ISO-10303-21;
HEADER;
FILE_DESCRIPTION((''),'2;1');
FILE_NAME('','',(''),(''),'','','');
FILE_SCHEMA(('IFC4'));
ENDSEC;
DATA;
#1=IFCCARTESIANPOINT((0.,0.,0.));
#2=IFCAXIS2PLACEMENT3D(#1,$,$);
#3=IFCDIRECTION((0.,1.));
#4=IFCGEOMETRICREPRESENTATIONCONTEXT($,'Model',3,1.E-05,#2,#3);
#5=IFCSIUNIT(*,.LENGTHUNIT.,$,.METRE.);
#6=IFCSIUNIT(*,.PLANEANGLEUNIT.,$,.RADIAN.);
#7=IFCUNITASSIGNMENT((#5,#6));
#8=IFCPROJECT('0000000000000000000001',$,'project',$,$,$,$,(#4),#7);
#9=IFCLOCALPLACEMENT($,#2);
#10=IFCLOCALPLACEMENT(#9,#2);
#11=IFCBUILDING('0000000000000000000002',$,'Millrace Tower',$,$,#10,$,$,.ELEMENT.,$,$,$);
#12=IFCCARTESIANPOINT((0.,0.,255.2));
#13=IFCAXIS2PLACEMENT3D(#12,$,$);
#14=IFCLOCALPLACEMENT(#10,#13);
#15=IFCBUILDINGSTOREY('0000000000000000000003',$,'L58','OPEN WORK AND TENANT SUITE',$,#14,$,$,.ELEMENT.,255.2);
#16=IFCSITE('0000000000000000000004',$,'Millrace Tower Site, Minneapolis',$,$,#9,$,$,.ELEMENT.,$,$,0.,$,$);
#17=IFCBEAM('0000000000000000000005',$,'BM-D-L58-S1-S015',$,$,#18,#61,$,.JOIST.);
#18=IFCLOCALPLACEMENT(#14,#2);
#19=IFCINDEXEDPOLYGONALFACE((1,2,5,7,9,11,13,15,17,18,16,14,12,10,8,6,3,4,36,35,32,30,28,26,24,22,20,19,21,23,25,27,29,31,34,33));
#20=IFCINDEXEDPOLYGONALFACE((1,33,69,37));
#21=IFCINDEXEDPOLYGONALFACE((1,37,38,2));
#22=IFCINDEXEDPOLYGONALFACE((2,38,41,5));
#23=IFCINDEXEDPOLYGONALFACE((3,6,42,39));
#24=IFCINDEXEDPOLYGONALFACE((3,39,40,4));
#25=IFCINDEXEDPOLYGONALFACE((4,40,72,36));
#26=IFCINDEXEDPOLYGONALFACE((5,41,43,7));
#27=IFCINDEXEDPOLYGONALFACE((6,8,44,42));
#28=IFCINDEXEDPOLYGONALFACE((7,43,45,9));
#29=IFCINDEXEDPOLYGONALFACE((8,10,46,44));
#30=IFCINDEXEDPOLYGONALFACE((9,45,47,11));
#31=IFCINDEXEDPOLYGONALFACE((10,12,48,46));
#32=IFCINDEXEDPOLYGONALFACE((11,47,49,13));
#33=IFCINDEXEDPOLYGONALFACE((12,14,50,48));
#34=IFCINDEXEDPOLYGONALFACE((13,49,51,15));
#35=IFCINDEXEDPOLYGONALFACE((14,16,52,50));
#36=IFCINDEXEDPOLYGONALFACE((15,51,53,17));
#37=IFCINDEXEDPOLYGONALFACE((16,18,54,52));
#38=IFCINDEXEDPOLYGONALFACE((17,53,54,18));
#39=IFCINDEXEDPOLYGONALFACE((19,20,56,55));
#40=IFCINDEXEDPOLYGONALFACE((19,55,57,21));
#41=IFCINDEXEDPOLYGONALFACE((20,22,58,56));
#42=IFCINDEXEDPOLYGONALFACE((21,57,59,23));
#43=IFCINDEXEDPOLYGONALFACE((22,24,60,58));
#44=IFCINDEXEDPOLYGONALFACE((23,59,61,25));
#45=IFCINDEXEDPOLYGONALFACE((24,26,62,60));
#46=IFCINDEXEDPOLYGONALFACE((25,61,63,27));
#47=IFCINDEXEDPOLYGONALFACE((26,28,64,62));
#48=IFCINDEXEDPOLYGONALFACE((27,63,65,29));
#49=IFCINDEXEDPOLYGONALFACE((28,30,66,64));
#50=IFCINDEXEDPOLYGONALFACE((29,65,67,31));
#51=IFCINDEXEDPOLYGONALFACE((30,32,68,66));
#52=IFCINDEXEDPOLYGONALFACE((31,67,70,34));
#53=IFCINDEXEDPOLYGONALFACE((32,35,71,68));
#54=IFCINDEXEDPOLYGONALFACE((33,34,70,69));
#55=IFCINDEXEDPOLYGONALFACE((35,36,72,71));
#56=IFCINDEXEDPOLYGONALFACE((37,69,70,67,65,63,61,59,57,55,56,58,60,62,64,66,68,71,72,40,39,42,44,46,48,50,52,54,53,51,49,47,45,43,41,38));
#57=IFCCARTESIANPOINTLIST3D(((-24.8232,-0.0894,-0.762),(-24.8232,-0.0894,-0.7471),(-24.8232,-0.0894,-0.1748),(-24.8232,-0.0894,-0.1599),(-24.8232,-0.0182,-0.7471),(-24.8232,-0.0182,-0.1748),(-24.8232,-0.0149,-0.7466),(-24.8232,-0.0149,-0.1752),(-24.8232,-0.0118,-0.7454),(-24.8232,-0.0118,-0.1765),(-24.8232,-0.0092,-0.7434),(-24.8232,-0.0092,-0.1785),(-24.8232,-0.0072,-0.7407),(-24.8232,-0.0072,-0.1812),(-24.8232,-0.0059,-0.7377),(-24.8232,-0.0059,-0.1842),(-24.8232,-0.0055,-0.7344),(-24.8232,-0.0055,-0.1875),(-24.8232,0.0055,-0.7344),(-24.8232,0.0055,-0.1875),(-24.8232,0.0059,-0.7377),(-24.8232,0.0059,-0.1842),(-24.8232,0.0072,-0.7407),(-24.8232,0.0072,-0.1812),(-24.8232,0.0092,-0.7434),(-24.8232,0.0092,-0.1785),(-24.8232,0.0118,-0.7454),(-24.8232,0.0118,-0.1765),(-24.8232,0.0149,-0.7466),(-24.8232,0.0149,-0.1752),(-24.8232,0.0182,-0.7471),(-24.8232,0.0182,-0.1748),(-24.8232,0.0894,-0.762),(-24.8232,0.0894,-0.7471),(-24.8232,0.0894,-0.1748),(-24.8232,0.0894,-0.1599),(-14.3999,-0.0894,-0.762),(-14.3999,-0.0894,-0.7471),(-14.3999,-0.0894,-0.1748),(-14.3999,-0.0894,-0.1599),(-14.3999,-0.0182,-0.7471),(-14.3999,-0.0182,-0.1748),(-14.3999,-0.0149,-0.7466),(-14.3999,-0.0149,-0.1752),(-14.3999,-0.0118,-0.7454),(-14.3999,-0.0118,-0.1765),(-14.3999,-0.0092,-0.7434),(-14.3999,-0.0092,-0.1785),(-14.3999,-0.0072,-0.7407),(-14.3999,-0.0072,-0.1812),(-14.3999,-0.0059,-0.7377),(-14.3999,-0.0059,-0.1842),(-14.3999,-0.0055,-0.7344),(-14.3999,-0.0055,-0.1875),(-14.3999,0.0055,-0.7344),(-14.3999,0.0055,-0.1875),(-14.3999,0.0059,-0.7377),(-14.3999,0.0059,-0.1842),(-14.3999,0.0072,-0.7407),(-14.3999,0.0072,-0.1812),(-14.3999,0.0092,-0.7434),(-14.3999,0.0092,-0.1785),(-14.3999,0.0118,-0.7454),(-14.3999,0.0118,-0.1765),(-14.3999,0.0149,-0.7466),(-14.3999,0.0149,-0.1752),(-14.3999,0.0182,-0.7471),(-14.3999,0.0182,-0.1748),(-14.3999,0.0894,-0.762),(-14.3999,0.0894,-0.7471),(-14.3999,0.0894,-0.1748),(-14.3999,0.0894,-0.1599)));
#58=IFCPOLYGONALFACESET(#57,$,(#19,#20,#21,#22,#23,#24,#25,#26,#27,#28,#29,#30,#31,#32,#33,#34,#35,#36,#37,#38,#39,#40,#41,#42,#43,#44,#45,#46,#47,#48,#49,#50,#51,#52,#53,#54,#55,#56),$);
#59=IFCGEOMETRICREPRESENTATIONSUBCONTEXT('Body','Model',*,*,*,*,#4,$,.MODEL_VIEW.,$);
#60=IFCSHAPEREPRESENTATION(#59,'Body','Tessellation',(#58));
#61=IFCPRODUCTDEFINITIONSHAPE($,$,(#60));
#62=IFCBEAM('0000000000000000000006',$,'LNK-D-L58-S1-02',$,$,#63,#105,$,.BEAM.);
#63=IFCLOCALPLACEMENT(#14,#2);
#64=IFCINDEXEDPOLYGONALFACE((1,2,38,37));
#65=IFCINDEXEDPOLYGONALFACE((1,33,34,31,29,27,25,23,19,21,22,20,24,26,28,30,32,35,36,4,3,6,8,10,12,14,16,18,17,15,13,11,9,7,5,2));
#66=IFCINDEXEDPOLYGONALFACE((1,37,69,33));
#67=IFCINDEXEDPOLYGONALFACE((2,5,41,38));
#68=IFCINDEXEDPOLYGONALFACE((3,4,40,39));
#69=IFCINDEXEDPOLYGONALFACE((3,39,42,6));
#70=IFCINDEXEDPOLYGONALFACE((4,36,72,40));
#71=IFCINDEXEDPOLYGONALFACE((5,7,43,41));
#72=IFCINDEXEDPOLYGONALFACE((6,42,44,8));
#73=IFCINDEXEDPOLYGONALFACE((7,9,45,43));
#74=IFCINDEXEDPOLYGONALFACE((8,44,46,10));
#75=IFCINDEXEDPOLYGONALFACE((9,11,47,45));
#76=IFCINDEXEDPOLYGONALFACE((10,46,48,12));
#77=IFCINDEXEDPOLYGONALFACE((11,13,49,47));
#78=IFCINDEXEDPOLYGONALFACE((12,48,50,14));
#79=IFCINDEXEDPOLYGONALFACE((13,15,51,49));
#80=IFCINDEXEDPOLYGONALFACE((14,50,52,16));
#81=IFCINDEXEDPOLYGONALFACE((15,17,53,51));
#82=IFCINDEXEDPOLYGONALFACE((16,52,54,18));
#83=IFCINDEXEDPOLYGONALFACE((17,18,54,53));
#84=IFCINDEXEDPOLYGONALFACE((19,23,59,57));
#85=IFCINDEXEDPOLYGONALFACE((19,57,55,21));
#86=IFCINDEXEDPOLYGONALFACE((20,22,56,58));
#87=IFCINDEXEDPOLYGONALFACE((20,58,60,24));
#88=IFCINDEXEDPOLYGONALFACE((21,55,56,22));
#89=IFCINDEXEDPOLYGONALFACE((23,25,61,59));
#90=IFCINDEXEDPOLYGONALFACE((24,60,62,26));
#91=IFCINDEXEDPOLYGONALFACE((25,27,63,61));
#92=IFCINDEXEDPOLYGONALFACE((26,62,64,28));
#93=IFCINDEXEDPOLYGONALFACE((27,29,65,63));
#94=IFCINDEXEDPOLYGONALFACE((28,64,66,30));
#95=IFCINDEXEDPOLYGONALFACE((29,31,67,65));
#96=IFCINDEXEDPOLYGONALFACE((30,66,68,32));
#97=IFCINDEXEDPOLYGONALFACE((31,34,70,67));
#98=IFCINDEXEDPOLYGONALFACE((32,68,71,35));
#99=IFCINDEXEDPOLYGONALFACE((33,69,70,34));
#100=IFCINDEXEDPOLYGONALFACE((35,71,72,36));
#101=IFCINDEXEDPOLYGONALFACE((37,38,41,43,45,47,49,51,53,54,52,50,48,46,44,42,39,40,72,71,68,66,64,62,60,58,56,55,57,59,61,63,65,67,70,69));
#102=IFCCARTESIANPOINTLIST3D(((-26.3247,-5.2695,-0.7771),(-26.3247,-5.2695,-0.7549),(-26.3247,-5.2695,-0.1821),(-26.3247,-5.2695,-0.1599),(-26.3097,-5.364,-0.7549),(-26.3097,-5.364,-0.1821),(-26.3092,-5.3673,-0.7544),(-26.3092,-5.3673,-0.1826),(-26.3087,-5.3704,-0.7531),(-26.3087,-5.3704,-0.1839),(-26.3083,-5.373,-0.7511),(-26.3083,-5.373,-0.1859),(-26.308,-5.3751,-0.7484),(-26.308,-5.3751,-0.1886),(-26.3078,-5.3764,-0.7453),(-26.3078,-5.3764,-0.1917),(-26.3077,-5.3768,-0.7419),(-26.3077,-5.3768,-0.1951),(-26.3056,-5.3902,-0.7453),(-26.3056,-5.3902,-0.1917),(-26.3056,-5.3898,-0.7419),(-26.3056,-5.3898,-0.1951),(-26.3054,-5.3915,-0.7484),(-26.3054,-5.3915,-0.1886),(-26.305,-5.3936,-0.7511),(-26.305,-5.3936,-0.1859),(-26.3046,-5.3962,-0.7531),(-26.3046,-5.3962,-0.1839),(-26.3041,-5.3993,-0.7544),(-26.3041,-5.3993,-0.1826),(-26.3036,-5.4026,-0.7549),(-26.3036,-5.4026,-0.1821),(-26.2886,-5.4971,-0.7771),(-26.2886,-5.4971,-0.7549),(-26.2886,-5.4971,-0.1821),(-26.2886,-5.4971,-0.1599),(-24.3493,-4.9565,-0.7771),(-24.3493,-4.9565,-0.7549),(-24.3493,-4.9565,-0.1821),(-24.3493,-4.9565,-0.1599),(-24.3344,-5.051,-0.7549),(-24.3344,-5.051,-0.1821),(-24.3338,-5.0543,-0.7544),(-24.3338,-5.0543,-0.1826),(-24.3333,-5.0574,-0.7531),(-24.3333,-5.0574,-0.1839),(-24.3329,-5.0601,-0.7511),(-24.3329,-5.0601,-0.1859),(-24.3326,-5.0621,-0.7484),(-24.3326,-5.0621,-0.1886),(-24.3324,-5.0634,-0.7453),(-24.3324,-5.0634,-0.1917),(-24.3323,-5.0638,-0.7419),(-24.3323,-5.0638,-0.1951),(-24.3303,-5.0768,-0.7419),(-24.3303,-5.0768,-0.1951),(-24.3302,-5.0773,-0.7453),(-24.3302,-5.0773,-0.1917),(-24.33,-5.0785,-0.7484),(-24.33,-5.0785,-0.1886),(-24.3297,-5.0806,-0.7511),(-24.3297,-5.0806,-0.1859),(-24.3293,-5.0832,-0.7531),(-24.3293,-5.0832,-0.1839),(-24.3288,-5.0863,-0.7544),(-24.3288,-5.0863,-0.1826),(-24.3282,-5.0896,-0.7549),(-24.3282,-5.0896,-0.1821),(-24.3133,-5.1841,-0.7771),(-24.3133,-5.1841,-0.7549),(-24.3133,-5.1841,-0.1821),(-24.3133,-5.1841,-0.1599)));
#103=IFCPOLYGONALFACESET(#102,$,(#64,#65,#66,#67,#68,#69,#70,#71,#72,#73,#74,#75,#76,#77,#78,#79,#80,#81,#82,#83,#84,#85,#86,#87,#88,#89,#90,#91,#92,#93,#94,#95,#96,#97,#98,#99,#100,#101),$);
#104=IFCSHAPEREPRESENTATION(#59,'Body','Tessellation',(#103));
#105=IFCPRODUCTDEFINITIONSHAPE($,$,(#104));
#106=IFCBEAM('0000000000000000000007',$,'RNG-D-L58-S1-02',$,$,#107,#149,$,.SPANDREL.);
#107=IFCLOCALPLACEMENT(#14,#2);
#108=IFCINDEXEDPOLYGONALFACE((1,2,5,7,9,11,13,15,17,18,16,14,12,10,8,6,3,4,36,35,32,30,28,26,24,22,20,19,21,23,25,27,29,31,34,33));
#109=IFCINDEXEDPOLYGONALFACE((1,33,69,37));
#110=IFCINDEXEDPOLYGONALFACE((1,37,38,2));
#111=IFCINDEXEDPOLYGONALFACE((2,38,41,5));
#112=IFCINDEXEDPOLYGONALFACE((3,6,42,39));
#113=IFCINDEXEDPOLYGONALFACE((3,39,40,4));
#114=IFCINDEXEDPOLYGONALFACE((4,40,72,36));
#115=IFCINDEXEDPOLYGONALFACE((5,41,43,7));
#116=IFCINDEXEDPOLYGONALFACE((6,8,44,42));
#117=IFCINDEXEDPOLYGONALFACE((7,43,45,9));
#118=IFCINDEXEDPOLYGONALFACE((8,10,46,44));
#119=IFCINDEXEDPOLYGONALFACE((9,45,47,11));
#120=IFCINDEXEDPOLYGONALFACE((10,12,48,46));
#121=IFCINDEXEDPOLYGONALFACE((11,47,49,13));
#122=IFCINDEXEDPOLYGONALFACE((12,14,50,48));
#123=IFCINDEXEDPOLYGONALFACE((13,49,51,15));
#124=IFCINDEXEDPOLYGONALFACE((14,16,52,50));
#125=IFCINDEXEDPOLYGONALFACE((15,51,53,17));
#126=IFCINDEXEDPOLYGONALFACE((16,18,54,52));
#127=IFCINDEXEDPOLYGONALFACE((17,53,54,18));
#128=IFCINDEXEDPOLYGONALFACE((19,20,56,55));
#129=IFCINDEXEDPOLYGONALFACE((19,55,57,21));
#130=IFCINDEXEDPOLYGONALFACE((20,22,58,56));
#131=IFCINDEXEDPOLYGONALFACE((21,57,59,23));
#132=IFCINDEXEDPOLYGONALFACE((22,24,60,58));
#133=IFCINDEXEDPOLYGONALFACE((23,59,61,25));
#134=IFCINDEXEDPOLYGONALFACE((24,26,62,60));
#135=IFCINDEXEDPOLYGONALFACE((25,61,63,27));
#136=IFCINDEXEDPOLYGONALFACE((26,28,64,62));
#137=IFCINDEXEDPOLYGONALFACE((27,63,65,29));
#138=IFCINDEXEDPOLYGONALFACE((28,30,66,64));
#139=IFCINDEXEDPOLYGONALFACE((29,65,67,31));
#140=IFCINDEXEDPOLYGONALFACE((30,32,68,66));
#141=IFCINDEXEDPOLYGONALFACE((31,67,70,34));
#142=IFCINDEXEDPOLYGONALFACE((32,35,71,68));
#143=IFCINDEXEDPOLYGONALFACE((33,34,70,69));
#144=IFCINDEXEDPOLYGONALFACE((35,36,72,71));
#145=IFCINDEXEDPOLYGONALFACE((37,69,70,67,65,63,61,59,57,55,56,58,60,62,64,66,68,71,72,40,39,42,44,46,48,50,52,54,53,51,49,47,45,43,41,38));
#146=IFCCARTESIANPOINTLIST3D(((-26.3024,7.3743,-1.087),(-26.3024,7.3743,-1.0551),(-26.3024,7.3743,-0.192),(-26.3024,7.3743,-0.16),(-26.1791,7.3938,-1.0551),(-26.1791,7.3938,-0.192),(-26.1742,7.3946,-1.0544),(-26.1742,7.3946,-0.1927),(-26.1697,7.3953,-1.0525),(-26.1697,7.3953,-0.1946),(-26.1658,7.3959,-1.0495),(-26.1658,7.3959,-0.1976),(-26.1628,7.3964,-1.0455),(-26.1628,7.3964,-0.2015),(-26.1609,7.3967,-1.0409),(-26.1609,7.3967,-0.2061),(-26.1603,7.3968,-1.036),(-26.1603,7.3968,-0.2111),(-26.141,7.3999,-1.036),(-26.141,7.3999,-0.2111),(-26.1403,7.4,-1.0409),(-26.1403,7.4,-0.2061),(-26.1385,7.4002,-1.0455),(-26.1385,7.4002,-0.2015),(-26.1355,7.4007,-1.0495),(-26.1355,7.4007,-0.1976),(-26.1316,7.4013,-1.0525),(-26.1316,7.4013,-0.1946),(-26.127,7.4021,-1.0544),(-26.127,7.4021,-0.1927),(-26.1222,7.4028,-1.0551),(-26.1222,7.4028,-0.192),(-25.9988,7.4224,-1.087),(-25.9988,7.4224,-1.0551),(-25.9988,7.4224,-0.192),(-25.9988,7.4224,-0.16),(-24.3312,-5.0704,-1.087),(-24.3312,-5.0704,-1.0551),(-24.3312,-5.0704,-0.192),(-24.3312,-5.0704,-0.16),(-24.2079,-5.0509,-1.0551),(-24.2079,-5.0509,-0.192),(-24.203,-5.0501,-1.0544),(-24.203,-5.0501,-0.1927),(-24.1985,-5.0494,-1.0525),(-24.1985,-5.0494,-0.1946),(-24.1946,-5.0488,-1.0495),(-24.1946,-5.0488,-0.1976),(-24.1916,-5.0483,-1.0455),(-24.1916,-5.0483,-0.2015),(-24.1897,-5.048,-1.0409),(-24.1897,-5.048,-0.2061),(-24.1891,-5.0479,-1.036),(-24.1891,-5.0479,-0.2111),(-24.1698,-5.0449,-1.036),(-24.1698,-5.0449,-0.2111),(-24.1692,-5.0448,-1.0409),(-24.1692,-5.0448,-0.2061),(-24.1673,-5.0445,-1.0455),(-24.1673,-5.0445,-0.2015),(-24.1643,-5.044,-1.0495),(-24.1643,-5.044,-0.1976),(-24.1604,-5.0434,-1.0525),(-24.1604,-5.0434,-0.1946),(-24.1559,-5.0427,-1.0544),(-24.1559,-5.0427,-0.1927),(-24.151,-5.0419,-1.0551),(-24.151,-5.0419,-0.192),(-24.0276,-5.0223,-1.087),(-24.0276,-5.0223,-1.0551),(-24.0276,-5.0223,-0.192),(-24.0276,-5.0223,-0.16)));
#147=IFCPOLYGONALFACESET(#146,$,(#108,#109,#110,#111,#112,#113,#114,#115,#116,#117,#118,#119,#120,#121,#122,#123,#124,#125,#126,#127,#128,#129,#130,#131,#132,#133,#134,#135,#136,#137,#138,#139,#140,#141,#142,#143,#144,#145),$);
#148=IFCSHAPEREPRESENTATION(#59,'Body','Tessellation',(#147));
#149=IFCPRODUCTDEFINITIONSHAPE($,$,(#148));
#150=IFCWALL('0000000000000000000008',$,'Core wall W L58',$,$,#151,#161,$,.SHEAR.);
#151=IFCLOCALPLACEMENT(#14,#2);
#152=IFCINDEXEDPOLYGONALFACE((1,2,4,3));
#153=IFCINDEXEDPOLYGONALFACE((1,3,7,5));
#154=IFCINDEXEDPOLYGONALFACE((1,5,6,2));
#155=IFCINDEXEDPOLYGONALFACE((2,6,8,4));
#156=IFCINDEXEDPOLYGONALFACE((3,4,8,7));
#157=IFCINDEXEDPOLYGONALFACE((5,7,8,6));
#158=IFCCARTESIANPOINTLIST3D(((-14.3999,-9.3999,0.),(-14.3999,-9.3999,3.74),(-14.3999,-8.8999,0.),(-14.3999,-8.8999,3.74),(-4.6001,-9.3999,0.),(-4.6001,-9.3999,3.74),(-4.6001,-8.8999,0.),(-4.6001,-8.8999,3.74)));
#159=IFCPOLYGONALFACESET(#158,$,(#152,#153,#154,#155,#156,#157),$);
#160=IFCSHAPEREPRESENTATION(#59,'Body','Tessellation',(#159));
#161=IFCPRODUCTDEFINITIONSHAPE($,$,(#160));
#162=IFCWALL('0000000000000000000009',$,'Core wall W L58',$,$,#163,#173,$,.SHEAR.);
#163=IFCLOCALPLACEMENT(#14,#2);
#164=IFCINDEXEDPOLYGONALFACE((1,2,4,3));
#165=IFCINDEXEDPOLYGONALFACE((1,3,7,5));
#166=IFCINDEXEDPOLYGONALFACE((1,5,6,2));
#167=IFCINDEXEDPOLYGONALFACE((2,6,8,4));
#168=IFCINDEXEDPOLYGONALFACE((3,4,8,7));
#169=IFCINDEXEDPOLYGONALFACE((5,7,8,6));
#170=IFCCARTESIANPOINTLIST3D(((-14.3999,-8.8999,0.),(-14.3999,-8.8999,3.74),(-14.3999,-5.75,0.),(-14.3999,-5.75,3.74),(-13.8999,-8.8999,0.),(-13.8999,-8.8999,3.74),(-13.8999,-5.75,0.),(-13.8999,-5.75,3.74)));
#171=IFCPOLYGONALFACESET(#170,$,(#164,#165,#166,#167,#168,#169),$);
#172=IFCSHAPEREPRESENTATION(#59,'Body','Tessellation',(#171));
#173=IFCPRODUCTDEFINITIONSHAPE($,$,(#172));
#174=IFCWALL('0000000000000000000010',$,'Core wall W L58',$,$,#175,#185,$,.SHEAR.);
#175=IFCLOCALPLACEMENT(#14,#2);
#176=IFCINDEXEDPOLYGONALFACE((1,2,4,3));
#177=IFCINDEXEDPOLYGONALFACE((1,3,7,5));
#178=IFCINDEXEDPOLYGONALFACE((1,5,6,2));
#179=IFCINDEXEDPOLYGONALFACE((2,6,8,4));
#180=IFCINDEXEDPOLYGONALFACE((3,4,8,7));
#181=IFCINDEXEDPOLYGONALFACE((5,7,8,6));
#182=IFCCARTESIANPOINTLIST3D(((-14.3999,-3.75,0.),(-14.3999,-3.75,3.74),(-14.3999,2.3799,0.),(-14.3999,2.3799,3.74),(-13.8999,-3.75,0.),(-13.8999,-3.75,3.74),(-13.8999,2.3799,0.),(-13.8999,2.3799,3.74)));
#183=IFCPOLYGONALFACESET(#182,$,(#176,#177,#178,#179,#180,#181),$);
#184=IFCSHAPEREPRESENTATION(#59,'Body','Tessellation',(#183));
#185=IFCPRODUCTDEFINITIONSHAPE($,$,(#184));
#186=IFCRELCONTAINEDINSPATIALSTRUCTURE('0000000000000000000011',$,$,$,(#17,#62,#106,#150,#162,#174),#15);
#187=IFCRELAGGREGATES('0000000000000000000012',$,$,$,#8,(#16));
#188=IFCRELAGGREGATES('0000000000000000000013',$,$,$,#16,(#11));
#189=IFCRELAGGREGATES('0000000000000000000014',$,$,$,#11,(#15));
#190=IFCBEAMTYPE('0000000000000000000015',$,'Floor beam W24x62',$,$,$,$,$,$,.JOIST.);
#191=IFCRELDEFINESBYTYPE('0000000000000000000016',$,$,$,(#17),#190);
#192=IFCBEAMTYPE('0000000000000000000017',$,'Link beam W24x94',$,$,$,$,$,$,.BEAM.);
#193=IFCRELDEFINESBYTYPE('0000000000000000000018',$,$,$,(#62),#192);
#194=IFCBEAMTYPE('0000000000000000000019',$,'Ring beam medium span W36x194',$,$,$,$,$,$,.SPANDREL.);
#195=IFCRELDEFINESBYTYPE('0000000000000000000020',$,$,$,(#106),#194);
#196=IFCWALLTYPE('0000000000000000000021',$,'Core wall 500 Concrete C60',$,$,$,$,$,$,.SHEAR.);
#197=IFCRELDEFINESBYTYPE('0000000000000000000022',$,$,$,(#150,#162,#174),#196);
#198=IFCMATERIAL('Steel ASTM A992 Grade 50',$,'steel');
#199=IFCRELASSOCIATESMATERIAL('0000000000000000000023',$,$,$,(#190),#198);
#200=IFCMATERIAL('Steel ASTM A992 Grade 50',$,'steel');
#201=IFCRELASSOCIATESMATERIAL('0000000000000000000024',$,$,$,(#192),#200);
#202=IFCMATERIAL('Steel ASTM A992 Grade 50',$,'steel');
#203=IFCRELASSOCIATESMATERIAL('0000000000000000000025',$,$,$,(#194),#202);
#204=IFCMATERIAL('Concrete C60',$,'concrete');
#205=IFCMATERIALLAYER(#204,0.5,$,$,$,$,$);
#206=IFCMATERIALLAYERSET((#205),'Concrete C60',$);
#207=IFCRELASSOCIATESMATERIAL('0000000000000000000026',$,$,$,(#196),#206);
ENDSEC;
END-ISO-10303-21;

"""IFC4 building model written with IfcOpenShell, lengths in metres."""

from ifc_helpers import new_model, si_unit, direction, frame, frame_2d, origin, origin_2d, place, context, subcontext, project, spatial, rectangle, i_section, extrude, material, layer, layer_set, material_profile, profile_set, type_object, element, save


model = new_model("IFC4")

# Units and contexts
model_context = context("Model", 3, precision=1e-05, world=origin(), true_north=direction((0.0, 1.0)))
body_context = subcontext(model_context, "Body", "Model", "MODEL_VIEW")
ifc_project = project(units=[si_unit("LENGTHUNIT", "METRE"), si_unit("PLANEANGLEUNIT", "RADIAN")], contexts=[model_context])

# Site, building, storey
site_placement = place(None, origin())
site = spatial("IfcSite", under=ifc_project, at=site_placement, Name="Millrace Tower Site, Minneapolis", CompositionType="ELEMENT", RefElevation=0.0)
building_placement = place(site_placement, origin())
building = spatial("IfcBuilding", under=site, at=building_placement, Name="Millrace Tower", CompositionType="ELEMENT")
storey_placement = place(building_placement, frame((0.0, 0.0, 255.2)))
storey = spatial("IfcBuildingStorey", under=building, at=storey_placement, Name="L58", Description="OPEN WORK AND TENANT SUITE", CompositionType="ELEMENT", Elevation=255.2)

# Beams
ifc_material_1 = material(Name="Steel ASTM A992 Grade 50", Category="steel")
ifc_material_profile_1 = material_profile(ifc_material_1, i_section(OverallWidth=0.1787, OverallDepth=0.6021, WebThickness=0.011, FlangeThickness=0.0149, FilletRadius=0.0127, at=origin_2d()))
ifc_profile_set_1 = profile_set([ifc_material_profile_1], Name="Steel ASTM A992 Grade 50")
beam_type_1 = type_object("IfcBeamType", Name="Floor beam W24x62", PredefinedType="JOIST", material=ifc_profile_set_1)
beam_1_placement = place(storey_placement, frame((-24.8232, 0.0, -0.4609), z_axis=(1.0, 0.0, 0.0), x_axis=(0.0, 1.0, 0.0)))
element("IfcBeam", 1, at=beam_1_placement, inside=storey, type_object=beam_type_1, Name="BM-D-L58-S1-S015", PredefinedType="JOIST", context=body_context, shape_type="SweptSolid", body=[
    extrude(i_section(OverallWidth=0.1787, OverallDepth=0.6021, WebThickness=0.011, FlangeThickness=0.0149, FilletRadius=0.0127, at=origin_2d()), origin(), (0.0, 0.0, 1.0), 10.4233),
])
ifc_material_2 = material(Name="Steel ASTM A992 Grade 50", Category="steel")
ifc_material_profile_2 = material_profile(ifc_material_2, i_section(OverallWidth=0.2305, OverallDepth=0.6172, WebThickness=0.0132, FlangeThickness=0.0222, FilletRadius=0.0129, at=origin_2d()))
ifc_profile_set_2 = profile_set([ifc_material_profile_2], Name="Steel ASTM A992 Grade 50")
beam_type_2 = type_object("IfcBeamType", Name="Link beam W24x94", PredefinedType="BEAM", material=ifc_profile_set_2)
beam_2_placement = place(storey_placement, frame((-24.3313, -5.0703, -0.4685), z_axis=(-0.987679, -0.156495, 0.0), x_axis=(0.156495, -0.987679, 0.0)))
element("IfcBeam", 2, at=beam_2_placement, inside=storey, type_object=beam_type_2, Name="LNK-D-L58-S1-02", PredefinedType="BEAM", context=body_context, shape_type="SweptSolid", body=[
    extrude(i_section(OverallWidth=0.2305, OverallDepth=0.6172, WebThickness=0.0132, FlangeThickness=0.0222, FilletRadius=0.0129, at=origin_2d()), origin(), (0.0, 0.0, 1.0), 2.0),
])
ifc_material_3 = material(Name="Steel ASTM A992 Grade 50", Category="steel")
ifc_material_profile_3 = material_profile(ifc_material_3, i_section(OverallWidth=0.3074, OverallDepth=0.927, WebThickness=0.0195, FlangeThickness=0.032, FilletRadius=0.019, at=origin_2d()))
ifc_profile_set_3 = profile_set([ifc_material_profile_3], Name="Steel ASTM A992 Grade 50")
beam_type_3 = type_object("IfcBeamType", Name="Ring beam medium span W36x194", PredefinedType="SPANDREL", material=ifc_profile_set_3)
beam_3_placement = place(storey_placement, frame((-24.1794, -5.0464, -0.6235), z_axis=(-0.156444, 0.987687, 0.0), x_axis=(-0.987687, -0.156444, 0.0)))
element("IfcBeam", 3, at=beam_3_placement, inside=storey, type_object=beam_type_3, Name="RNG-D-L58-S1-02", PredefinedType="SPANDREL", context=body_context, shape_type="SweptSolid", body=[
    extrude(i_section(OverallWidth=0.3074, OverallDepth=0.927, WebThickness=0.0195, FlangeThickness=0.032, FilletRadius=0.019, at=origin_2d()), origin(), (0.0, 0.0, 1.0), 12.5999),
])

# Walls
ifc_material_4 = material(Name="Concrete C60", Category="concrete")
ifc_layer_1 = layer(ifc_material_4, 0.5)
ifc_layer_set_1 = layer_set([ifc_layer_1], Name="Concrete C60")
wall_type_1 = type_object("IfcWallType", Name="Core wall 500 Concrete C60", PredefinedType="SHEAR", material=ifc_layer_set_1)
wall_1_placement = place(storey_placement, frame((-14.3999, -9.1499, 0.0), z_axis=(0.0, 0.0, 1.0), x_axis=(1.0, 0.0, 0.0)))
element("IfcWall", 4, at=wall_1_placement, inside=storey, type_object=wall_type_1, Name="Core wall W L58", PredefinedType="SHEAR", context=body_context, shape_type="SweptSolid", body=[
    extrude(rectangle(XDim=9.7998, YDim=0.5, at=frame_2d((4.8999, 0.0))), origin(), (0.0, 0.0, 1.0), 3.74),
])
wall_2_placement = place(storey_placement, frame((-14.1499, -8.8999, 0.0), z_axis=(0.0, 0.0, 1.0), x_axis=(0.0, 1.0, 0.0)))
element("IfcWall", 5, at=wall_2_placement, inside=storey, type_object=wall_type_1, Name="Core wall W L58", PredefinedType="SHEAR", context=body_context, shape_type="SweptSolid", body=[
    extrude(rectangle(XDim=3.1499, YDim=0.5, at=frame_2d((1.575, 0.0))), origin(), (0.0, 0.0, 1.0), 3.74),
])
wall_3_placement = place(storey_placement, frame((-14.1499, -3.75, 0.0), z_axis=(0.0, 0.0, 1.0), x_axis=(0.0, 1.0, 0.0)))
element("IfcWall", 6, at=wall_3_placement, inside=storey, type_object=wall_type_1, Name="Core wall W L58", PredefinedType="SHEAR", context=body_context, shape_type="SweptSolid", body=[
    extrude(rectangle(XDim=6.1299, YDim=0.5, at=frame_2d((3.0649, 0.0))), origin(), (0.0, 0.0, 1.0), 3.74),
])

save(model, "model.ifc")
